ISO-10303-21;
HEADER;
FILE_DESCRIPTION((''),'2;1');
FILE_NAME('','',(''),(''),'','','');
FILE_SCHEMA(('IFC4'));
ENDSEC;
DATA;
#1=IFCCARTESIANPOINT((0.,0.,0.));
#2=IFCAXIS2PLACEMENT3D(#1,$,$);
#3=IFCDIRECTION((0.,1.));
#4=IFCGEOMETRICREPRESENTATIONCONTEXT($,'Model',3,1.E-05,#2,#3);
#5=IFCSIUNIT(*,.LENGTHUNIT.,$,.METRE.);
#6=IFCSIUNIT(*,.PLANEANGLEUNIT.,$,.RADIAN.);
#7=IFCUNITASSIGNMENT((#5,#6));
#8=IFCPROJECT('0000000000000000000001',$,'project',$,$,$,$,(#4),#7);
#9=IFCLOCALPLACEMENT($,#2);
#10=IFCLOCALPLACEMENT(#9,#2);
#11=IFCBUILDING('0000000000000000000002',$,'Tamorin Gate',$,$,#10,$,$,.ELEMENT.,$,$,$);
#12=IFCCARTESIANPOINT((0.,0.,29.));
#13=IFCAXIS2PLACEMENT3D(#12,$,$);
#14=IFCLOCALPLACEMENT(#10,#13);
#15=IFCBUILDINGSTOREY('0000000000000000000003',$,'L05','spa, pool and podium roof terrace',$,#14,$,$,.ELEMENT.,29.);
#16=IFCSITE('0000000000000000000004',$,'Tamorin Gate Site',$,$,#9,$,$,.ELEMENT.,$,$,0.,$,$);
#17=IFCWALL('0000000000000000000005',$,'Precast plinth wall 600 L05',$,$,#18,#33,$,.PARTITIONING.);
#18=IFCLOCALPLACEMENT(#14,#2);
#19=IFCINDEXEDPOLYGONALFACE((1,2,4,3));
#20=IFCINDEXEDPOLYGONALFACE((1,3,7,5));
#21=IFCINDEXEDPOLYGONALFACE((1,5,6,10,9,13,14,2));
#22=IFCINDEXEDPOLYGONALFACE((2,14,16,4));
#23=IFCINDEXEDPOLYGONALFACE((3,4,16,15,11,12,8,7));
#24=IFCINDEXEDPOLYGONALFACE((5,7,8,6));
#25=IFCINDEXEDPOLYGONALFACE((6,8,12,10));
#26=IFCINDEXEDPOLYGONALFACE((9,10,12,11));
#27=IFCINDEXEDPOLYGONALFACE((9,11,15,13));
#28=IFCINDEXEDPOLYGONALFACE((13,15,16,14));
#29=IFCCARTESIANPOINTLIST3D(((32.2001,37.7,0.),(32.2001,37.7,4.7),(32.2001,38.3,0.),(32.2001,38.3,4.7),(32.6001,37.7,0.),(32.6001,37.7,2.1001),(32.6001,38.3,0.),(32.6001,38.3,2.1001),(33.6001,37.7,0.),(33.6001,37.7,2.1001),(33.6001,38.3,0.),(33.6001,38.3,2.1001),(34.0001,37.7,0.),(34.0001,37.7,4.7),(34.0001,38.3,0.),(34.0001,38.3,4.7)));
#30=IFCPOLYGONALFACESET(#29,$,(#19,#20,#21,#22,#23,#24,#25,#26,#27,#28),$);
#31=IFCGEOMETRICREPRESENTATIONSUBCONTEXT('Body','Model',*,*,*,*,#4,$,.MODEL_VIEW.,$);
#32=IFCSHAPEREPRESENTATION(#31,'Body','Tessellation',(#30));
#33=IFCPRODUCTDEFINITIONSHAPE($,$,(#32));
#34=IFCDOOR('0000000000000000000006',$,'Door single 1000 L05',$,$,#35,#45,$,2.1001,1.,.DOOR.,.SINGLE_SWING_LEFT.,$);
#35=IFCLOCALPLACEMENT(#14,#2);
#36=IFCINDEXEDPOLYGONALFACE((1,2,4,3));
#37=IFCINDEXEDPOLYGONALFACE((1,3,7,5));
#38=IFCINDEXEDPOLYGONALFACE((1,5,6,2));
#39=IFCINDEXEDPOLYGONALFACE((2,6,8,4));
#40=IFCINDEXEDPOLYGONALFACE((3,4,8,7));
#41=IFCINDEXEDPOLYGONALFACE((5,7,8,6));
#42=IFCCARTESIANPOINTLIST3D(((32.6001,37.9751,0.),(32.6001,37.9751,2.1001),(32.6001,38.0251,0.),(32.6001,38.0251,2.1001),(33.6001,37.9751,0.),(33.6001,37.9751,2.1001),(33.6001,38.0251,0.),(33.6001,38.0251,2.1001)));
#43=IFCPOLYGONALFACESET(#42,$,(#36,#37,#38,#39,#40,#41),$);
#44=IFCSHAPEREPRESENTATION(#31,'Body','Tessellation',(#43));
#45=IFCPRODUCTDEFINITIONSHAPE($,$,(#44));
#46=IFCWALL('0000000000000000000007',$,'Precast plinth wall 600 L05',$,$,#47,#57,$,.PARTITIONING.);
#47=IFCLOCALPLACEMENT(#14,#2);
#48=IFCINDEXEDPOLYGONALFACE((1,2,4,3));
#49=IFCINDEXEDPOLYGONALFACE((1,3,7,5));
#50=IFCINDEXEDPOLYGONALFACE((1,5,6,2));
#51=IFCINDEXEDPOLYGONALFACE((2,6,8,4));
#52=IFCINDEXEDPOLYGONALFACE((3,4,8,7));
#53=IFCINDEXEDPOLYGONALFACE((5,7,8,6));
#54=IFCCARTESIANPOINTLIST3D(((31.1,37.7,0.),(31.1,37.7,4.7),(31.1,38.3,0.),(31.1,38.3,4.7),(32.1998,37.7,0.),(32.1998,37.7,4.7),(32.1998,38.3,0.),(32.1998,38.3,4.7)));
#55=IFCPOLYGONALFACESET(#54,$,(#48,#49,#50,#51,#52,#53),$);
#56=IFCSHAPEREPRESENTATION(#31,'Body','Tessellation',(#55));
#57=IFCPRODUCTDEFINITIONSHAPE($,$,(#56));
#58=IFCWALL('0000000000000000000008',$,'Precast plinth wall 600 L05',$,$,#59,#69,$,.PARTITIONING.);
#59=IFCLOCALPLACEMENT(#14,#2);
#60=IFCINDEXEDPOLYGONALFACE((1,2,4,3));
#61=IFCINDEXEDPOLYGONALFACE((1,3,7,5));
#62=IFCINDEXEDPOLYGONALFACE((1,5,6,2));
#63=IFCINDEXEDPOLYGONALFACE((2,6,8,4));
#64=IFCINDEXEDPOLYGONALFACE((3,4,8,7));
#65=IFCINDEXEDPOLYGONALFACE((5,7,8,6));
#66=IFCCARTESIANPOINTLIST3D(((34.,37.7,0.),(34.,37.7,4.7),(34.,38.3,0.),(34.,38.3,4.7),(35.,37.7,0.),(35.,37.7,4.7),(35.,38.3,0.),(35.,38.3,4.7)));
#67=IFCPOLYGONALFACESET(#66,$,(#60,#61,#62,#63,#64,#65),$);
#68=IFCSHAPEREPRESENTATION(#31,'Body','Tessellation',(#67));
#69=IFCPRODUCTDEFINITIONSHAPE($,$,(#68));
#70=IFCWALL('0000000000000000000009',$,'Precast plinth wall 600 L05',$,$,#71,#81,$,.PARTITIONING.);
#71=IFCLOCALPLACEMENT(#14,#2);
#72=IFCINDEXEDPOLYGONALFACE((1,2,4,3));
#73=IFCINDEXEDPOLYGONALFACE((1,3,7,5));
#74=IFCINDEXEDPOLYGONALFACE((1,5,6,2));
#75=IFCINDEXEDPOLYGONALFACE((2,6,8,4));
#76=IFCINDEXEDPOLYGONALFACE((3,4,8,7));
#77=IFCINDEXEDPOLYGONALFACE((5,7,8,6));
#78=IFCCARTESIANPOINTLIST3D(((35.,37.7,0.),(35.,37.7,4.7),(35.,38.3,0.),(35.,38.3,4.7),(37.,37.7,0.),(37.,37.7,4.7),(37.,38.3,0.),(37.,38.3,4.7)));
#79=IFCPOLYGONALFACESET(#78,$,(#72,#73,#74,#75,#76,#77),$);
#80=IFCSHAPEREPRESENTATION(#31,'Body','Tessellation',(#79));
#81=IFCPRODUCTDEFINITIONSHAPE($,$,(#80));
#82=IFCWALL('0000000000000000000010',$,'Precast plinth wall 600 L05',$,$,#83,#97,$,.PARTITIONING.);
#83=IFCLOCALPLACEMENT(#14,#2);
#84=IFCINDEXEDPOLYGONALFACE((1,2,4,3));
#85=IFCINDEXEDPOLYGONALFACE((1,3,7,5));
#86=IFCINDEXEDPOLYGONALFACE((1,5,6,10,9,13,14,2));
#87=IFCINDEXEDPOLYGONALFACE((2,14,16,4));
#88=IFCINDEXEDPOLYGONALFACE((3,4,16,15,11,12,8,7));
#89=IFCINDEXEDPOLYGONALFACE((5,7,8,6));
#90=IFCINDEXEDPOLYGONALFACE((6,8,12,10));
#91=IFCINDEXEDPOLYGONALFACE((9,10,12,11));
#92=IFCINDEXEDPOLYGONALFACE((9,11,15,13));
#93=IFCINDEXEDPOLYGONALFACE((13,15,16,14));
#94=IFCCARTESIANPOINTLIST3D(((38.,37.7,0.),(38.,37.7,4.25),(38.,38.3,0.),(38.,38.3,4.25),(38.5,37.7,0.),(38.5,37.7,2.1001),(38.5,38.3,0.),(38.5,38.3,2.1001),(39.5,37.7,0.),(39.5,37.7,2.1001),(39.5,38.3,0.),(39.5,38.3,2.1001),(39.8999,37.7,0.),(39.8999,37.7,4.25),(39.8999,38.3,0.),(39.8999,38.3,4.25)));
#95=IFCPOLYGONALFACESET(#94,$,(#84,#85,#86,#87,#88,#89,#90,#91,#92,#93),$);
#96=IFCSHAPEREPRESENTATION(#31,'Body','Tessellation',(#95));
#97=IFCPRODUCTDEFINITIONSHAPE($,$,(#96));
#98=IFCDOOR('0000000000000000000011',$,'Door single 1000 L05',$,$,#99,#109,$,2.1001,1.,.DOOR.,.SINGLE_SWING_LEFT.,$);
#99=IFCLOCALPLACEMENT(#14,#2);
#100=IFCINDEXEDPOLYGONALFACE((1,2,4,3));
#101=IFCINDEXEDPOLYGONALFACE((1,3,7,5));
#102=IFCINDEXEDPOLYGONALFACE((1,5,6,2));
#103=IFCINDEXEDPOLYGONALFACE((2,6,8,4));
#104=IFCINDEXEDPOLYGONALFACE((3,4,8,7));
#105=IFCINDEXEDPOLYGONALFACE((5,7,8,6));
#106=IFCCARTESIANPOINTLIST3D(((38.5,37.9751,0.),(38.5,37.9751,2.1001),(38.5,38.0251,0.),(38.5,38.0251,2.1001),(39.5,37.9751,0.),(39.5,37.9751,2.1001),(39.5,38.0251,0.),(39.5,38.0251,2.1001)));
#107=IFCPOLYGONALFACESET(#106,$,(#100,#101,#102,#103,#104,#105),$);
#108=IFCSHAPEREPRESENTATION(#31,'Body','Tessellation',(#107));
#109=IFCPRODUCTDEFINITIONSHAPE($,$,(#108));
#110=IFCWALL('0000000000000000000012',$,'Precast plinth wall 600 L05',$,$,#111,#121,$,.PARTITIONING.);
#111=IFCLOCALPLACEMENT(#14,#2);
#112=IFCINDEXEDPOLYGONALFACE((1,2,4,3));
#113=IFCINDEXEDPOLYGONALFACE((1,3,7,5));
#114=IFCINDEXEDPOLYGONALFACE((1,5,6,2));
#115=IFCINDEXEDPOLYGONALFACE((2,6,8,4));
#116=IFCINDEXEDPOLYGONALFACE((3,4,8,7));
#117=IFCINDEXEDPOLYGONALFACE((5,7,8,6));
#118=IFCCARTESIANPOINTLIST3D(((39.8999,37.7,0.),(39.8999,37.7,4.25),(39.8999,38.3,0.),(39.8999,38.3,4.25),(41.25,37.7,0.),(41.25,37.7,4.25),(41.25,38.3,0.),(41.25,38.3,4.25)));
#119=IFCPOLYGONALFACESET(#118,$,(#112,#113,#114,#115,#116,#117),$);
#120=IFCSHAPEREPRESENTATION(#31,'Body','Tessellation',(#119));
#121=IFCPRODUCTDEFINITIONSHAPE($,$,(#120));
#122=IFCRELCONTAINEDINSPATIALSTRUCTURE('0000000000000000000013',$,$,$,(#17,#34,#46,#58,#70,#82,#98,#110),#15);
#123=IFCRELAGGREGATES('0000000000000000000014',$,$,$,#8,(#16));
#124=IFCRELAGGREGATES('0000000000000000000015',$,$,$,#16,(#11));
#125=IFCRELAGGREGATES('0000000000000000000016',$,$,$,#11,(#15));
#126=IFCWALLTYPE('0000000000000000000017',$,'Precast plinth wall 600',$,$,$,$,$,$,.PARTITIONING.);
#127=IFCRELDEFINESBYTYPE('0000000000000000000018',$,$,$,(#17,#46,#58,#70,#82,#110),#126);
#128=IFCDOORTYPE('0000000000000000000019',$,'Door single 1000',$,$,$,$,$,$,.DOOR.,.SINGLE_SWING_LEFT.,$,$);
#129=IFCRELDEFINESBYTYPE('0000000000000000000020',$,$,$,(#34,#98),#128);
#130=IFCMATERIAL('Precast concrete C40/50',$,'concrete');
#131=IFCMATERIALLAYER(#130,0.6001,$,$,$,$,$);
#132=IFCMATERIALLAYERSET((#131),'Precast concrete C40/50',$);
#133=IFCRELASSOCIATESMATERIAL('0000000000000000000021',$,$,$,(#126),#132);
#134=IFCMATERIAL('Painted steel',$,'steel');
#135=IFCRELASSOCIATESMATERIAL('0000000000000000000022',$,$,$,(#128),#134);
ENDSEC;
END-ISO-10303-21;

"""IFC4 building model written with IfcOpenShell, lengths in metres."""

from ifc_helpers import new_model, si_unit, direction, frame, frame_2d, origin, place, context, subcontext, project, spatial, rectangle, extrude, material, layer, layer_set, type_object, element, fill, save


model = new_model("IFC4")

# Units and contexts
model_context = context("Model", 3, precision=1e-05, world=origin(), true_north=direction((0.0, 1.0)))
body_context = subcontext(model_context, "Body", "Model", "MODEL_VIEW")
ifc_project = project(units=[si_unit("LENGTHUNIT", "METRE"), si_unit("PLANEANGLEUNIT", "RADIAN")], contexts=[model_context])

# Site, building, storey
site_placement = place(None, origin())
site = spatial("IfcSite", under=ifc_project, at=site_placement, Name="Tamorin Gate Site", CompositionType="ELEMENT", RefElevation=0.0)
building_placement = place(site_placement, origin())
building = spatial("IfcBuilding", under=site, at=building_placement, Name="Tamorin Gate", CompositionType="ELEMENT")
storey_placement = place(building_placement, frame((0.0, 0.0, 29.0)))
storey = spatial("IfcBuildingStorey", under=building, at=storey_placement, Name="L05", Description="spa, pool and podium roof terrace", CompositionType="ELEMENT", Elevation=29.0)

# Shared definitions
ifc_material_1 = material(Name="Precast concrete C40/50", Category="concrete")
ifc_layer_1 = layer(ifc_material_1, 0.6001)
ifc_layer_set_1 = layer_set([ifc_layer_1], Name="Precast concrete C40/50")
wall_type_1 = type_object("IfcWallType", Name="Precast plinth wall 600", PredefinedType="PARTITIONING", material=ifc_layer_set_1)
ifc_material_2 = material(Name="Painted steel", Category="steel")
door_type = type_object("IfcDoorType", Name="Door single 1000", OperationType="SINGLE_SWING_LEFT", PredefinedType="DOOR", material=ifc_material_2)

# Wall, opening, door
wall_1_placement = place(storey_placement, frame((34.0, 38.0, 0.0), z_axis=(0.0, 0.0, 1.0), x_axis=(-1.0, 0.0, 0.0)))
wall_1 = element("IfcWall", 1, at=wall_1_placement, inside=storey, type_object=wall_type_1, Name="Precast plinth wall 600 L05", PredefinedType="PARTITIONING", context=body_context, shape_type="SweptSolid", body=[
    extrude(rectangle(XDim=1.8, YDim=0.6001, at=frame_2d((0.8999, 0.0))), origin(), (0.0, 0.0, 1.0), 4.7),
])
opening_1_placement = place(wall_1_placement, frame((0.3999, 0.0, 0.0)))
opening_1 = element("IfcOpeningElement", 2, at=opening_1_placement, cuts=wall_1, PredefinedType="OPENING", context=body_context, shape_type="SweptSolid", body=[
    extrude(rectangle(XDim=1.0, YDim=2.1001, at=frame_2d((0.5, 1.05))), frame((0.0, 0.3101, 0.0), z_axis=(0.0, -1.0, 0.0), x_axis=(1.0, 0.0, 0.0)), (0.0, 0.0, 1.0), 0.6201),
])
door_1_placement = place(opening_1_placement, origin())
door_1 = element("IfcDoor", 3, at=door_1_placement, inside=storey, type_object=door_type, Name="Door single 1000 L05", OperationType="SINGLE_SWING_LEFT", OverallHeight=2.1001, OverallWidth=1.0, PredefinedType="DOOR", context=body_context, shape_type="SweptSolid", body=[
    extrude(rectangle(XDim=1.0, YDim=2.1001, at=frame_2d((0.5, 1.05))), frame((0.0, 0.0249, 0.0), z_axis=(0.0, -1.0, 0.0), x_axis=(1.0, 0.0, 0.0)), (0.0, 0.0, 1.0), 0.05),
])
fill(opening_1, door_1)

# Walls
wall_2_placement = place(storey_placement, frame((31.1001, 38.0, 0.0), z_axis=(0.0, 0.0, 1.0), x_axis=(1.0, 0.0, 0.0)))
element("IfcWall", 4, at=wall_2_placement, inside=storey, type_object=wall_type_1, Name="Precast plinth wall 600 L05", PredefinedType="PARTITIONING", context=body_context, shape_type="SweptSolid", body=[
    extrude(rectangle(XDim=1.0999, YDim=0.6001, at=frame_2d((0.5498, 0.0))), origin(), (0.0, 0.0, 1.0), 4.7),
])
wall_3_placement = place(storey_placement, frame((34.0, 38.0, 0.0), z_axis=(0.0, 0.0, 1.0), x_axis=(1.0, 0.0, 0.0)))
element("IfcWall", 5, at=wall_3_placement, inside=storey, type_object=wall_type_1, Name="Precast plinth wall 600 L05", PredefinedType="PARTITIONING", context=body_context, shape_type="SweptSolid", body=[
    extrude(rectangle(XDim=1.0, YDim=0.6001, at=frame_2d((0.5, 0.0))), origin(), (0.0, 0.0, 1.0), 4.7),
])
wall_4_placement = place(storey_placement, frame((35.0, 38.0, 0.0), z_axis=(0.0, 0.0, 1.0), x_axis=(1.0, 0.0, 0.0)))
element("IfcWall", 6, at=wall_4_placement, inside=storey, type_object=wall_type_1, Name="Precast plinth wall 600 L05", PredefinedType="PARTITIONING", context=body_context, shape_type="SweptSolid", body=[
    extrude(rectangle(XDim=2.0, YDim=0.6001, at=frame_2d((1.0, 0.0))), origin(), (0.0, 0.0, 1.0), 4.7),
])

# Wall, opening, door
wall_5_placement = place(storey_placement, frame((39.8999, 38.0, 0.0), z_axis=(0.0, 0.0, 1.0), x_axis=(-1.0, 0.0, 0.0)))
wall_5 = element("IfcWall", 7, at=wall_5_placement, inside=storey, type_object=wall_type_1, Name="Precast plinth wall 600 L05", PredefinedType="PARTITIONING", context=body_context, shape_type="SweptSolid", body=[
    extrude(rectangle(XDim=1.8999, YDim=0.6001, at=frame_2d((0.95, 0.0))), origin(), (0.0, 0.0, 1.0), 4.25),
])
opening_2_placement = place(wall_5_placement, frame((0.3999, 0.0, 0.0)))
opening_2 = element("IfcOpeningElement", 8, at=opening_2_placement, cuts=wall_5, PredefinedType="OPENING", context=body_context, shape_type="SweptSolid", body=[
    extrude(rectangle(XDim=1.0, YDim=2.1001, at=frame_2d((0.5, 1.05))), frame((0.0, 0.3101, 0.0), z_axis=(0.0, -1.0, 0.0), x_axis=(1.0, 0.0, 0.0)), (0.0, 0.0, 1.0), 0.6201),
])
door_2_placement = place(opening_2_placement, origin())
door_2 = element("IfcDoor", 9, at=door_2_placement, inside=storey, type_object=door_type, Name="Door single 1000 L05", OperationType="SINGLE_SWING_LEFT", OverallHeight=2.1001, OverallWidth=1.0, PredefinedType="DOOR", context=body_context, shape_type="SweptSolid", body=[
    extrude(rectangle(XDim=1.0, YDim=2.1001, at=frame_2d((0.5, 1.05))), frame((0.0, 0.0249, 0.0), z_axis=(0.0, -1.0, 0.0), x_axis=(1.0, 0.0, 0.0)), (0.0, 0.0, 1.0), 0.05),
])
fill(opening_2, door_2)

# Wall
wall_6_placement = place(storey_placement, frame((39.8999, 38.0, 0.0), z_axis=(0.0, 0.0, 1.0), x_axis=(1.0, 0.0, 0.0)))
element("IfcWall", 10, at=wall_6_placement, inside=storey, type_object=wall_type_1, Name="Precast plinth wall 600 L05", PredefinedType="PARTITIONING", context=body_context, shape_type="SweptSolid", body=[
    extrude(rectangle(XDim=1.3501, YDim=0.6001, at=frame_2d((0.675, 0.0))), origin(), (0.0, 0.0, 1.0), 4.25),
])

save(model, "model.ifc")
